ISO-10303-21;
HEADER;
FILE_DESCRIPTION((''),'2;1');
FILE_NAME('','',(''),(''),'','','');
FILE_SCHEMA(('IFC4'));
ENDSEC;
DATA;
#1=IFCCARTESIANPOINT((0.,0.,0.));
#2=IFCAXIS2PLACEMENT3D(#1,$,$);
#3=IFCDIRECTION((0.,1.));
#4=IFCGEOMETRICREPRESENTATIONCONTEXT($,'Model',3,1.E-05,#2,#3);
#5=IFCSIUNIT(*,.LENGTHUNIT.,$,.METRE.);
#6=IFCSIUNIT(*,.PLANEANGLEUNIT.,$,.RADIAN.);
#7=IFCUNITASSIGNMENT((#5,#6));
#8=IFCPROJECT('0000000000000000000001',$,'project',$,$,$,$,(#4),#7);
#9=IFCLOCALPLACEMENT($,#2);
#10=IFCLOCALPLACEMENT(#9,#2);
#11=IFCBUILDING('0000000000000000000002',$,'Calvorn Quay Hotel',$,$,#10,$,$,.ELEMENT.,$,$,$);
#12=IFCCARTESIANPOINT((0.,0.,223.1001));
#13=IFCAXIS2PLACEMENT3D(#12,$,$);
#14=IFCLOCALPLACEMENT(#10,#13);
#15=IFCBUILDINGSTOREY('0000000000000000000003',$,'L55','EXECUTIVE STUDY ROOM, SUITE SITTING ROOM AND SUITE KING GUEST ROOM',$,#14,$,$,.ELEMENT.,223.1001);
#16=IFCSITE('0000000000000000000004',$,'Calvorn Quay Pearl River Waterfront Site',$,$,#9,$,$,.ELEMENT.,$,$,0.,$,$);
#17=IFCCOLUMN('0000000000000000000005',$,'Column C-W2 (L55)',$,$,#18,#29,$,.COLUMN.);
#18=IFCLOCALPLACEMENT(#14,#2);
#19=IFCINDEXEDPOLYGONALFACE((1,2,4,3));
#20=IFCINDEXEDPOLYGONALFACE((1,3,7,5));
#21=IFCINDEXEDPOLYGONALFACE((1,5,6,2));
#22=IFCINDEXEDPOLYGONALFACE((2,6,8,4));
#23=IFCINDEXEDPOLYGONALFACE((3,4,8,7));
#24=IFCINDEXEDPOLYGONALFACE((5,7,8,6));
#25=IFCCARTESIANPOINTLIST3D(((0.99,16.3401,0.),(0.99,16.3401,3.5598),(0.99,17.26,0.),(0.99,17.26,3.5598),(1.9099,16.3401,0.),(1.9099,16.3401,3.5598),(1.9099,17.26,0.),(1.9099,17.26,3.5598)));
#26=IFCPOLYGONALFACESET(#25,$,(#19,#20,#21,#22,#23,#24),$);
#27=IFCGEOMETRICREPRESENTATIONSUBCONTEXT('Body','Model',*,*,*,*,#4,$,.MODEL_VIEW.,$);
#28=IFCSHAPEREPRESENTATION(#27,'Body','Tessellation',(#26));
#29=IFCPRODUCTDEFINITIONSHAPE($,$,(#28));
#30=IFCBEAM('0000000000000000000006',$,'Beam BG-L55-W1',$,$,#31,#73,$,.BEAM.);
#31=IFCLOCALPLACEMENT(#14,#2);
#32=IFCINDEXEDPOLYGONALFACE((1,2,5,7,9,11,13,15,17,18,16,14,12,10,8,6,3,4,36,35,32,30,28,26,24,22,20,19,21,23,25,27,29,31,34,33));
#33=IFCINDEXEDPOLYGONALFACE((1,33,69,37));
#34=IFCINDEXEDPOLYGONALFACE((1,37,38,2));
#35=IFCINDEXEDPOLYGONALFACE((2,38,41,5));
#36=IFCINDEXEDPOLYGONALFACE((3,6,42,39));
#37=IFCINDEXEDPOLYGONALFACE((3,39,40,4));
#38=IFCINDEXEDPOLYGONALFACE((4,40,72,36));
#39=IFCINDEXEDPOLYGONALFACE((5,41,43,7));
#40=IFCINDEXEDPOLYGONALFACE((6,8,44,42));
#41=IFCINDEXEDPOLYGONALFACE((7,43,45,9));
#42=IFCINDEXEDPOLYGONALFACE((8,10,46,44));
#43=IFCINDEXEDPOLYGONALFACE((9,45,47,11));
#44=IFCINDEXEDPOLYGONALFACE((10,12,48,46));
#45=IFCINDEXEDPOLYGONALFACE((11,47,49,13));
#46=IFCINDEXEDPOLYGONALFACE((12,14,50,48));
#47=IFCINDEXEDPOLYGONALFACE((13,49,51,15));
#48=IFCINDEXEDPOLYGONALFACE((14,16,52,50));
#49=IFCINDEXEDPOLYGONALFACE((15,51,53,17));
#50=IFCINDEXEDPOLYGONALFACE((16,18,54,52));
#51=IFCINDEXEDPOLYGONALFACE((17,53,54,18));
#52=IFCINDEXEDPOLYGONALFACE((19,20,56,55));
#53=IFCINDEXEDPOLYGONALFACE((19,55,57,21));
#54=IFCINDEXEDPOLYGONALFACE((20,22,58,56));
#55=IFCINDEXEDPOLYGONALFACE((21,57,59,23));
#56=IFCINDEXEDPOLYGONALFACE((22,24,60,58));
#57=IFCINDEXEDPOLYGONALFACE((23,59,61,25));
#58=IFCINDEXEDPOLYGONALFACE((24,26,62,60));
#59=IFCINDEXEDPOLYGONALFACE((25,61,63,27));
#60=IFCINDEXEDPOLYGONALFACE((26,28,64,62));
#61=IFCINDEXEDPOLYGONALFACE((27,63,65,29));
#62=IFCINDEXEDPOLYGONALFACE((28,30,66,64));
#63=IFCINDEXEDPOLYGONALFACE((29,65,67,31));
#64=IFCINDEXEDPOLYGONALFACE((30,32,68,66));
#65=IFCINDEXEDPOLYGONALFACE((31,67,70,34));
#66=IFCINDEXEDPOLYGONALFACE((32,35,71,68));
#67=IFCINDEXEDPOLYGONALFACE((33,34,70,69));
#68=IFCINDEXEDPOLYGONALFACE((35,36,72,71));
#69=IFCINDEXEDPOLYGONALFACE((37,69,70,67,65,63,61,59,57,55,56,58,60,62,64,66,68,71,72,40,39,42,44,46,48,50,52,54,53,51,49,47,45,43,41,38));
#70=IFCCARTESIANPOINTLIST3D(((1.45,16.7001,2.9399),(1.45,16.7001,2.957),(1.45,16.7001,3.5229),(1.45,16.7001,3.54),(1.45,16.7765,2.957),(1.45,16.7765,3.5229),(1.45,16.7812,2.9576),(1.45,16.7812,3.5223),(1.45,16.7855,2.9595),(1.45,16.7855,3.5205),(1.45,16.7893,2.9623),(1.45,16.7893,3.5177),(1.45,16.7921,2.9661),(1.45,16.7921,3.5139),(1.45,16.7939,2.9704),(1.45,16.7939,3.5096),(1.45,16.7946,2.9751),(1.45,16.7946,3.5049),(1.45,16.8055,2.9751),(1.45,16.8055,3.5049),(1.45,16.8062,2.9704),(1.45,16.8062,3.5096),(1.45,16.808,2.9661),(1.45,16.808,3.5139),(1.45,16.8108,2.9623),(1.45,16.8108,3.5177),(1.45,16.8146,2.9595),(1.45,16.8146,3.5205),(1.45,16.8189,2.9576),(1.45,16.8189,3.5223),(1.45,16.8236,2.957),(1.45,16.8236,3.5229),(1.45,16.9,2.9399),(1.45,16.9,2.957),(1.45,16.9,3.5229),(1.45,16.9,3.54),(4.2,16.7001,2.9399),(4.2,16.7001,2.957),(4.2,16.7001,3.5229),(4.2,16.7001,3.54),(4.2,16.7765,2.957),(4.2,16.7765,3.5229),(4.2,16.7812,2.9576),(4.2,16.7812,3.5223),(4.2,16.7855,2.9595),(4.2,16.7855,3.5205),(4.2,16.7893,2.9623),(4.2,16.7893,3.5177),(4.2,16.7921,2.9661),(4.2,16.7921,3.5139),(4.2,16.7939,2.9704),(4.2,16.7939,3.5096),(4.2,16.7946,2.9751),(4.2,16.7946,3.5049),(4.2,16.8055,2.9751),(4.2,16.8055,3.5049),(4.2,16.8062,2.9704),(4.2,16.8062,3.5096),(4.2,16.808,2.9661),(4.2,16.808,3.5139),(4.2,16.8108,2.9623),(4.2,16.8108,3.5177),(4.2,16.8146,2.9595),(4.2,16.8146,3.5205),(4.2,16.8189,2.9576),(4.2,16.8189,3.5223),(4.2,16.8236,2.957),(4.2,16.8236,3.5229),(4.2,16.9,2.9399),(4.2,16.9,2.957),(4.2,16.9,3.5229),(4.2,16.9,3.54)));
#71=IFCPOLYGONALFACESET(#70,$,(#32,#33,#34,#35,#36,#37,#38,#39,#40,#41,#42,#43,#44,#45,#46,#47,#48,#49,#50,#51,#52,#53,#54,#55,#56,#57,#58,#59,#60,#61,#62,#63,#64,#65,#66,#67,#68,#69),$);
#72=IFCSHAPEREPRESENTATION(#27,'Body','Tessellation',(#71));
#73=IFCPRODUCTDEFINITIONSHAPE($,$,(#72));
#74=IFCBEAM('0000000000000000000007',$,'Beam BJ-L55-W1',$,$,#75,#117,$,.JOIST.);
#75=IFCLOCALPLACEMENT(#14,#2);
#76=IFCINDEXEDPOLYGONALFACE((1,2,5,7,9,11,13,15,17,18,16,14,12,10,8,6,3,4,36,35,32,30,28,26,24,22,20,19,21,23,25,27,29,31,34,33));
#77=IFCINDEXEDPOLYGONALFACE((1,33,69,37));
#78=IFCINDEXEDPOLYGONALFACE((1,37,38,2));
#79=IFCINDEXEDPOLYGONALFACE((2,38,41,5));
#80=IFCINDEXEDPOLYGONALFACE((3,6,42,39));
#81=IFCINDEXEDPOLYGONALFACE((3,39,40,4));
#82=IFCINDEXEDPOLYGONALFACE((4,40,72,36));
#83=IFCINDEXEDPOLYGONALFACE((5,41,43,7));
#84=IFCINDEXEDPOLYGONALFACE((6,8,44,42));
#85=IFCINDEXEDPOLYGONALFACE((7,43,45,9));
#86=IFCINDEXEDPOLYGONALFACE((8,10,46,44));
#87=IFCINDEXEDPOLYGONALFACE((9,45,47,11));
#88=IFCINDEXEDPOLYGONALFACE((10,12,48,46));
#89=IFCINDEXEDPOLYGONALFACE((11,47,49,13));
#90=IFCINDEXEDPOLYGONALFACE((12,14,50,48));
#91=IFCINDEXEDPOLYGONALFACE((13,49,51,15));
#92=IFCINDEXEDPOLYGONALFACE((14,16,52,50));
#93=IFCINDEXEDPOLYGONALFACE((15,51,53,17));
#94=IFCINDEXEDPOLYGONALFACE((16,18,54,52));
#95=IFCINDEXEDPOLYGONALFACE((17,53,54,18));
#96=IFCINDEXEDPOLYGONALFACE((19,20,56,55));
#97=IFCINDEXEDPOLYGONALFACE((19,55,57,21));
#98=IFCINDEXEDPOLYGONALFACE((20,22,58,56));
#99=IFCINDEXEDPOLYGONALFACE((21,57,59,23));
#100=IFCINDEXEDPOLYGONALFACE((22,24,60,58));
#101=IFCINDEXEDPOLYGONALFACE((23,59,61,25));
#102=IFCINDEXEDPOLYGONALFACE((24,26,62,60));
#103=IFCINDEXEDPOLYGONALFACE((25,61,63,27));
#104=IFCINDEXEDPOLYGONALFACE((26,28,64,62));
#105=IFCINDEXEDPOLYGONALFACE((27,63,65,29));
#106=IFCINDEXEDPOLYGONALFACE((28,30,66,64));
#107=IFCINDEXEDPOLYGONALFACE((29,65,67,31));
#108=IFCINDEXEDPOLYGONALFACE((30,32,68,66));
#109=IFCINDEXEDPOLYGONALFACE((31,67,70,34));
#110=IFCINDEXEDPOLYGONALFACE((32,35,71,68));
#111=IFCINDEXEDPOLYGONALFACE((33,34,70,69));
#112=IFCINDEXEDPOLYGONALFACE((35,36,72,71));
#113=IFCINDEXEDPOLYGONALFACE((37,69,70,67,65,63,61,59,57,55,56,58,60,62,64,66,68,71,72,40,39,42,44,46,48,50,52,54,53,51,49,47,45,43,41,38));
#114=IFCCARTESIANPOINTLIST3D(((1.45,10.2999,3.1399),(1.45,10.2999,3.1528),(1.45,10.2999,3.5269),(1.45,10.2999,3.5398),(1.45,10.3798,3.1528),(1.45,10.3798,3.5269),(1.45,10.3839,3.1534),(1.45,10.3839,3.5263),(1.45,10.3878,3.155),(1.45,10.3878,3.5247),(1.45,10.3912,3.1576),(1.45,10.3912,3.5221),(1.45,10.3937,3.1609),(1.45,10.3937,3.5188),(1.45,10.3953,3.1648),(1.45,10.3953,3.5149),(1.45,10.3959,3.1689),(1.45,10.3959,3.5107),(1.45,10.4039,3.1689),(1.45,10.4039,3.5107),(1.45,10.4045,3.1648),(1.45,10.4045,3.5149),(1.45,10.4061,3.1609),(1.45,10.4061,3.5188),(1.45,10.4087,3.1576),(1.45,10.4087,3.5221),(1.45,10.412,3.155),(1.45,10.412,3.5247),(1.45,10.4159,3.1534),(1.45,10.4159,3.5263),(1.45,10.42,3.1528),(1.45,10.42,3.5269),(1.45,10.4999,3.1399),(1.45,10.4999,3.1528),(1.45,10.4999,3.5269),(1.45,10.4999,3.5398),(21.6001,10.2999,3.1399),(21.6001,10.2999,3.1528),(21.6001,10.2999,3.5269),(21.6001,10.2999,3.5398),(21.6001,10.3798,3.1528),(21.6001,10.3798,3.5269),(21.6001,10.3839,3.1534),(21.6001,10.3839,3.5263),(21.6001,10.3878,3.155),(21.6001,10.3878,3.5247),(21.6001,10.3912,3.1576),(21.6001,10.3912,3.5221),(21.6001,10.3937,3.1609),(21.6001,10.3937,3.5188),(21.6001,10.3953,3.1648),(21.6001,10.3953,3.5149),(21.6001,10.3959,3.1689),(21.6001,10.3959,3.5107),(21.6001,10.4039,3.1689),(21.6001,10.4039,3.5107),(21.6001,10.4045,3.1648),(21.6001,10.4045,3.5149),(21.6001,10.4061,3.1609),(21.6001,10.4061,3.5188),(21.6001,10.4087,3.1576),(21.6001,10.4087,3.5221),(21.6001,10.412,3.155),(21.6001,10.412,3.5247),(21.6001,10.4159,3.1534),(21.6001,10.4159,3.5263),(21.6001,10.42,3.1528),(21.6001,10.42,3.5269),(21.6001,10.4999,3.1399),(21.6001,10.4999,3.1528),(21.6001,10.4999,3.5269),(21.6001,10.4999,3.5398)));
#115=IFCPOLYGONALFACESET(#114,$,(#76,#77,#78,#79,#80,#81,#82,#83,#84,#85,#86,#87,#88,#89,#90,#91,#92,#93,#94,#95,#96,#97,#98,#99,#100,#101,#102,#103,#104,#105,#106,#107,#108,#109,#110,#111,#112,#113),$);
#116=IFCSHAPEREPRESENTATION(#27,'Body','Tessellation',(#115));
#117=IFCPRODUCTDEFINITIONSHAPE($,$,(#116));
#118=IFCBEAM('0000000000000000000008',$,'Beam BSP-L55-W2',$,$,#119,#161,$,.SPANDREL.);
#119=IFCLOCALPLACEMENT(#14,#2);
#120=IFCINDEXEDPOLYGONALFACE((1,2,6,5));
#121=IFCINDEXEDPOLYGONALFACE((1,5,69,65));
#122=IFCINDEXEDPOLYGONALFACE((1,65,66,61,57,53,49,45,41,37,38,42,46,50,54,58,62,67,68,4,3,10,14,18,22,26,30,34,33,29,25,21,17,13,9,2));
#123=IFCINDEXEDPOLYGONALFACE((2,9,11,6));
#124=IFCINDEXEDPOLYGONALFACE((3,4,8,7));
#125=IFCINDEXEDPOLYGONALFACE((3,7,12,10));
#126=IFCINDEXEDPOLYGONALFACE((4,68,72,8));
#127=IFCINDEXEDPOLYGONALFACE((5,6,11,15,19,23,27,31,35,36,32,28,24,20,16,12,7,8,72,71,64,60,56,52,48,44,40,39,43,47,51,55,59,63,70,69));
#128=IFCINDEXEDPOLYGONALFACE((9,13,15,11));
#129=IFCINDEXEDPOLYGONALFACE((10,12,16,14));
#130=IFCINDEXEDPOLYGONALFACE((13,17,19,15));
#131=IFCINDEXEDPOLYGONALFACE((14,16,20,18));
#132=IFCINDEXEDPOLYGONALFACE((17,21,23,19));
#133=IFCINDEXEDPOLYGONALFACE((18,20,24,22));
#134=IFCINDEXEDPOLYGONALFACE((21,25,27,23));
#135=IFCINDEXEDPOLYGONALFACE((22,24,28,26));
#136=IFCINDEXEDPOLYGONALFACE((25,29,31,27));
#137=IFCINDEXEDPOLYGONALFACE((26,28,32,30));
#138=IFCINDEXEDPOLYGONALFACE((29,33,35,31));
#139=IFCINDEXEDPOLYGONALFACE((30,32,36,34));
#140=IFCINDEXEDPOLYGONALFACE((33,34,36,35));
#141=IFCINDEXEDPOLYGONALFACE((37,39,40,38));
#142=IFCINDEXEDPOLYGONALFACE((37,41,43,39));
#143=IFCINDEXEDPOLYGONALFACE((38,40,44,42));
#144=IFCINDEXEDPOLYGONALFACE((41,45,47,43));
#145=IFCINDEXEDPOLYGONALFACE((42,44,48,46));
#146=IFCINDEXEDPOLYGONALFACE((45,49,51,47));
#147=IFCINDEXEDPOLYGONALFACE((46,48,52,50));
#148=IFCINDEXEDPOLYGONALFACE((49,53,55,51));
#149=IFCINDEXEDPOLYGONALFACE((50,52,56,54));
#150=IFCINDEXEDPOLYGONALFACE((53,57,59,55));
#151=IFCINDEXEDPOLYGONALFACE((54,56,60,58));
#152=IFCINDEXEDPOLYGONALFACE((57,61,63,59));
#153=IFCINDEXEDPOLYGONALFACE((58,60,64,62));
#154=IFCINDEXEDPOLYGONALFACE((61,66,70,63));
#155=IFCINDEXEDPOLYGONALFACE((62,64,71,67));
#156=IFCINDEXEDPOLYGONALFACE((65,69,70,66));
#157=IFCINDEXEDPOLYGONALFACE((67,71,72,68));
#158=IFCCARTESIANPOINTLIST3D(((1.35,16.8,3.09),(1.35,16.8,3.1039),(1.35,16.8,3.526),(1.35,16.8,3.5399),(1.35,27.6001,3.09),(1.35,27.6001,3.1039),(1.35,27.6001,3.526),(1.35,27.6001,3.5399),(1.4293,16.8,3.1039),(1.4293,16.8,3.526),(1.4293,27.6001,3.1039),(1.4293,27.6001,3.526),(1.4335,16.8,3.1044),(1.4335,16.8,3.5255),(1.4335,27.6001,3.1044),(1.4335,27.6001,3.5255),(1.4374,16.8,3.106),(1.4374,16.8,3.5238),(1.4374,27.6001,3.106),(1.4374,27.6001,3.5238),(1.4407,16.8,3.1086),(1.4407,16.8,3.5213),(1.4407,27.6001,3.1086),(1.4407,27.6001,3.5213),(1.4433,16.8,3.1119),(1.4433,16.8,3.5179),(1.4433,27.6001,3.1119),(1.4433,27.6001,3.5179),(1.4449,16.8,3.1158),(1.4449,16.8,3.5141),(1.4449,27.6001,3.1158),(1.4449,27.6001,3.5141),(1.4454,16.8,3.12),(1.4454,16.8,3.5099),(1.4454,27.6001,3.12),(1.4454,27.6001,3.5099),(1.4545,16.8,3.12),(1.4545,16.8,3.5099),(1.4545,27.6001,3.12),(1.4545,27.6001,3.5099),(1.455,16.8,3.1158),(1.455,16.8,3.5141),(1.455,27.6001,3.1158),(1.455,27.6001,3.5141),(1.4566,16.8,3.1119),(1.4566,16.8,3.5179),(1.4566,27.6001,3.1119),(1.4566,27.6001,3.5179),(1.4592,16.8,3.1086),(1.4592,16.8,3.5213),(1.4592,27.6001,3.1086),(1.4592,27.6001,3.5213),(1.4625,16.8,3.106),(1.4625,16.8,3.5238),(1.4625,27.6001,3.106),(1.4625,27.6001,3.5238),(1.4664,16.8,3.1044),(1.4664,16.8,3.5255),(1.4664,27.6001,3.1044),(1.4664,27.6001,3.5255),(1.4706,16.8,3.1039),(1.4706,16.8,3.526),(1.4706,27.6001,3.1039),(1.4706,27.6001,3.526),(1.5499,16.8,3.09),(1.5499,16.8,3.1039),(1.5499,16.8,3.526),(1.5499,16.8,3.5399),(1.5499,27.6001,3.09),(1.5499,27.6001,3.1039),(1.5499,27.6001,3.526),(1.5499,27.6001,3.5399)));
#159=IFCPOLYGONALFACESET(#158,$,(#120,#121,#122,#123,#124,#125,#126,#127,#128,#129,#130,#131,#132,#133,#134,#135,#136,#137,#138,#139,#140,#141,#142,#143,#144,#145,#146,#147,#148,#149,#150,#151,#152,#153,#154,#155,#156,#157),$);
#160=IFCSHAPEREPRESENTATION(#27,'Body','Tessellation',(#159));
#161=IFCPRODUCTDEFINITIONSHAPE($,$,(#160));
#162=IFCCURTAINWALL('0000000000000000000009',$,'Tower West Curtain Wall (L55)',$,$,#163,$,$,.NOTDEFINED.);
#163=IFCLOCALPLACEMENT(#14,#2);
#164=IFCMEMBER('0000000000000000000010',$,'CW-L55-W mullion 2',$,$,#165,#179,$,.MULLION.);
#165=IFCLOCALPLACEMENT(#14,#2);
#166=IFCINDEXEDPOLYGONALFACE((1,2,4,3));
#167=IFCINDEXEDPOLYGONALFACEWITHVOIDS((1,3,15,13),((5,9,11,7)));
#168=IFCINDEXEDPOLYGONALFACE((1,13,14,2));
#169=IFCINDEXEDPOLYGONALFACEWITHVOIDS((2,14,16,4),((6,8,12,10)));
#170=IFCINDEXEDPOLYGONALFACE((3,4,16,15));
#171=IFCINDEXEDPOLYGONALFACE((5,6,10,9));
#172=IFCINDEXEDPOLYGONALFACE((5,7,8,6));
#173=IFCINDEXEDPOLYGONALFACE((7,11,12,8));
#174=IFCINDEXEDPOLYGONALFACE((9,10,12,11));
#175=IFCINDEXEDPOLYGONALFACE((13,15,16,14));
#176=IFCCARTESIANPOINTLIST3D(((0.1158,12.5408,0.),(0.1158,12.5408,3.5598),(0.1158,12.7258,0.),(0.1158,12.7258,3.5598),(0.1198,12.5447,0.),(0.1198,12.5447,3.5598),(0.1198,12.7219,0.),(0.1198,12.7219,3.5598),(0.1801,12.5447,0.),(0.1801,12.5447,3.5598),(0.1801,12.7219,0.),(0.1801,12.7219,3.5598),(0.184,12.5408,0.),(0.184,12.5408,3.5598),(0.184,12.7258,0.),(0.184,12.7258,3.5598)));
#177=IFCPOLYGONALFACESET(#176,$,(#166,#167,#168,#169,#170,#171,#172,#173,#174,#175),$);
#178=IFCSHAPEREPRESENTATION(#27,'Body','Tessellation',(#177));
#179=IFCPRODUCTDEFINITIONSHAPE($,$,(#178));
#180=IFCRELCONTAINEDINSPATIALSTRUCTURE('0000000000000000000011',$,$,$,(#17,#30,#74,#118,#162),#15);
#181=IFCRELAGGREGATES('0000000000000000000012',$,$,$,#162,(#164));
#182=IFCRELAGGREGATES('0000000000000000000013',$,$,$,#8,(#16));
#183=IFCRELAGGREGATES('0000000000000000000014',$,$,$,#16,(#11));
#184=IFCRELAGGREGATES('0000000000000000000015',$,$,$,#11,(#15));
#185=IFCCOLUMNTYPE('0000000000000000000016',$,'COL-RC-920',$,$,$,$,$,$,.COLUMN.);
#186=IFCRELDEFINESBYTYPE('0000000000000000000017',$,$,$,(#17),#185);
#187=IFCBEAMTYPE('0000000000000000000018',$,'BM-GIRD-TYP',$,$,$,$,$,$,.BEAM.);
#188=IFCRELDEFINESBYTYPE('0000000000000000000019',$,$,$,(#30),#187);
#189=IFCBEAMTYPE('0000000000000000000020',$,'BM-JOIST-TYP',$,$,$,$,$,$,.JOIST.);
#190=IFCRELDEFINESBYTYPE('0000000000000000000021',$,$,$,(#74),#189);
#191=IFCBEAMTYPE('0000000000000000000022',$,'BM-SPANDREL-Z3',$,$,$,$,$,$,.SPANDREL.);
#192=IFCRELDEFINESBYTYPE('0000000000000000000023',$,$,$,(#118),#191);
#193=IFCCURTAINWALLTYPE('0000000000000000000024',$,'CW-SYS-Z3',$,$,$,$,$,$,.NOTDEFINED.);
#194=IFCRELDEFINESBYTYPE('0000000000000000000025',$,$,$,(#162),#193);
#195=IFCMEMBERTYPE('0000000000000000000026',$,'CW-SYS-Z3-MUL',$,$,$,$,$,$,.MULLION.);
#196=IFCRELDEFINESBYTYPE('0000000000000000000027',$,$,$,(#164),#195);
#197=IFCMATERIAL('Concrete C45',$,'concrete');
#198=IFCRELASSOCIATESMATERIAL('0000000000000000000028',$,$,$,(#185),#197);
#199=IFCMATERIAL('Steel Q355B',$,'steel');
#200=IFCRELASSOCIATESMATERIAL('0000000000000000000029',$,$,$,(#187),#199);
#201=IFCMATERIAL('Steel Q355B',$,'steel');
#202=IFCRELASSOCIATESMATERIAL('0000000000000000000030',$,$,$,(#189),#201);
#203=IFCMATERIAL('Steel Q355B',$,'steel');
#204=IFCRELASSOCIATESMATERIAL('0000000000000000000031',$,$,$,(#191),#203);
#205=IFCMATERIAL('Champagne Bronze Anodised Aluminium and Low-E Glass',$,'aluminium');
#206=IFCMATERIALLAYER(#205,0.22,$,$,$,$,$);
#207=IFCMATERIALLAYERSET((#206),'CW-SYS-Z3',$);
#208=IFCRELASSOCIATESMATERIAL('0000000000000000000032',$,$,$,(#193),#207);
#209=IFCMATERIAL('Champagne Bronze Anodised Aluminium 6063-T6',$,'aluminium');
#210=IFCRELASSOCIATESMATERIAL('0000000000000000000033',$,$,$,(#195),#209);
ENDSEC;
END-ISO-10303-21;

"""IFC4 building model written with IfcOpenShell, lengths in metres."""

from ifc_helpers import new_model, si_unit, direction, frame, origin, origin_2d, place, context, subcontext, project, spatial, rectangle, hollow_rectangle, i_section, extrude, material, layer, layer_set, material_profile, profile_set, type_object, element, aggregate, save


model = new_model("IFC4")

# Units and contexts
model_context = context("Model", 3, precision=1e-05, world=origin(), true_north=direction((0.0, 1.0)))
body_context = subcontext(model_context, "Body", "Model", "MODEL_VIEW")
ifc_project = project(units=[si_unit("LENGTHUNIT", "METRE"), si_unit("PLANEANGLEUNIT", "RADIAN")], contexts=[model_context])

# Site, building, storey
site_placement = place(None, origin())
site = spatial("IfcSite", under=ifc_project, at=site_placement, Name="Calvorn Quay Pearl River Waterfront Site", CompositionType="ELEMENT", RefElevation=0.0)
building_placement = place(site_placement, origin())
building = spatial("IfcBuilding", under=site, at=building_placement, Name="Calvorn Quay Hotel", CompositionType="ELEMENT")
storey_placement = place(building_placement, frame((0.0, 0.0, 223.1001)))
storey = spatial("IfcBuildingStorey", under=building, at=storey_placement, Name="L55", Description="EXECUTIVE STUDY ROOM, SUITE SITTING ROOM AND SUITE KING GUEST ROOM", CompositionType="ELEMENT", Elevation=223.1001)

# Column
ifc_material_1 = material(Name="Concrete C45", Category="concrete")
ifc_material_profile_1 = material_profile(ifc_material_1, rectangle(XDim=0.9199, YDim=0.9199, at=origin_2d()), Name="RC920x920")
ifc_profile_set_1 = profile_set([ifc_material_profile_1], Name="Concrete C45")
column_type = type_object("IfcColumnType", Name="COL-RC-920", PredefinedType="COLUMN", material=ifc_profile_set_1)
column_placement = place(storey_placement, frame((1.45, 16.8, 0.0), z_axis=(0.0, 0.0, 1.0), x_axis=(1.0, 0.0, 0.0)))
element("IfcColumn", 1, at=column_placement, inside=storey, type_object=column_type, Name="Column C-W2 (L55)", PredefinedType="COLUMN", context=body_context, shape_type="SweptSolid", body=[
    extrude(rectangle(XDim=0.9199, YDim=0.9199, at=origin_2d()), origin(), (0.0, 0.0, 1.0), 3.5598),
])

# Beams
ifc_material_2 = material(Name="Steel Q355B", Category="steel")
ifc_material_profile_2 = material_profile(ifc_material_2, i_section(OverallWidth=0.2, OverallDepth=0.6001, WebThickness=0.011, FlangeThickness=0.0171, FilletRadius=0.0181, at=origin_2d()), Name="HN600x200x11x17")
ifc_profile_set_2 = profile_set([ifc_material_profile_2], Name="Steel Q355B")
beam_type_1 = type_object("IfcBeamType", Name="BM-GIRD-TYP", PredefinedType="BEAM", material=ifc_profile_set_2)
beam_1_placement = place(storey_placement, frame((1.45, 16.8, 3.24), z_axis=(1.0, 0.0, 0.0), x_axis=(0.0, 1.0, 0.0)))
element("IfcBeam", 2, at=beam_1_placement, inside=storey, type_object=beam_type_1, Name="Beam BG-L55-W1", PredefinedType="BEAM", context=body_context, shape_type="SweptSolid", body=[
    extrude(i_section(OverallWidth=0.2, OverallDepth=0.6001, WebThickness=0.011, FlangeThickness=0.0171, FilletRadius=0.0181, at=origin_2d()), origin(), (0.0, 0.0, 1.0), 2.75),
])
ifc_material_3 = material(Name="Steel Q355B", Category="steel")
ifc_material_profile_3 = material_profile(ifc_material_3, i_section(OverallWidth=0.2, OverallDepth=0.3999, WebThickness=0.0081, FlangeThickness=0.0129, FilletRadius=0.0161, at=origin_2d()), Name="HN400x200x8x13")
ifc_profile_set_3 = profile_set([ifc_material_profile_3], Name="Steel Q355B")
beam_type_2 = type_object("IfcBeamType", Name="BM-JOIST-TYP", PredefinedType="JOIST", material=ifc_profile_set_3)
beam_2_placement = place(storey_placement, frame((1.45, 10.3999, 3.3398), z_axis=(1.0, 0.0, 0.0), x_axis=(0.0, 1.0, 0.0)))
element("IfcBeam", 3, at=beam_2_placement, inside=storey, type_object=beam_type_2, Name="Beam BJ-L55-W1", PredefinedType="JOIST", context=body_context, shape_type="SweptSolid", body=[
    extrude(i_section(OverallWidth=0.2, OverallDepth=0.3999, WebThickness=0.0081, FlangeThickness=0.0129, FilletRadius=0.0161, at=origin_2d()), origin(), (0.0, 0.0, 1.0), 20.1501),
])
ifc_material_4 = material(Name="Steel Q355B", Category="steel")
ifc_material_profile_4 = material_profile(ifc_material_4, i_section(OverallWidth=0.2, OverallDepth=0.45, WebThickness=0.009, FlangeThickness=0.0139, FilletRadius=0.0161, at=origin_2d()), Name="HN450x200x9x14")
ifc_profile_set_4 = profile_set([ifc_material_profile_4], Name="Steel Q355B")
beam_type_3 = type_object("IfcBeamType", Name="BM-SPANDREL-Z3", PredefinedType="SPANDREL", material=ifc_profile_set_4)
beam_3_placement = place(storey_placement, frame((1.45, 16.8, 3.3149), z_axis=(0.0, 1.0, 0.0), x_axis=(-1.0, 0.0, 0.0)))
element("IfcBeam", 4, at=beam_3_placement, inside=storey, type_object=beam_type_3, Name="Beam BSP-L55-W2", PredefinedType="SPANDREL", context=body_context, shape_type="SweptSolid", body=[
    extrude(i_section(OverallWidth=0.2, OverallDepth=0.45, WebThickness=0.009, FlangeThickness=0.0139, FilletRadius=0.0161, at=origin_2d()), origin(), (0.0, 0.0, 1.0), 10.8),
])

# Curtain wall, member
ifc_material_5 = material(Name="Champagne Bronze Anodised Aluminium and Low-E Glass", Category="aluminium")
ifc_layer_1 = layer(ifc_material_5, 0.22)
ifc_layer_set_1 = layer_set([ifc_layer_1], Name="CW-SYS-Z3")
curtain_wall_type = type_object("IfcCurtainWallType", Name="CW-SYS-Z3", PredefinedType="NOTDEFINED", material=ifc_layer_set_1)
curtain_wall_placement = place(storey_placement, origin())
curtain_wall = element("IfcCurtainWall", 5, at=curtain_wall_placement, inside=storey, type_object=curtain_wall_type, Name="Tower West Curtain Wall (L55)", PredefinedType="NOTDEFINED")
ifc_material_6 = material(Name="Champagne Bronze Anodised Aluminium 6063-T6", Category="aluminium")
ifc_material_profile_5 = material_profile(ifc_material_6, hollow_rectangle(XDim=0.0681, YDim=0.1851, WallThickness=0.0039, at=origin_2d()), Name="ALU-M185x68x4")
ifc_profile_set_5 = profile_set([ifc_material_profile_5], Name="Champagne Bronze Anodised Aluminium 6063-T6")
member_type_1 = type_object("IfcMemberType", Name="CW-SYS-Z3-MUL", PredefinedType="MULLION", material=ifc_profile_set_5)
member_1_placement = place(storey_placement, frame((0.1499, 12.6333, 0.0), z_axis=(0.0, 0.0, 1.0), x_axis=(-1.0, 0.0, 0.0)))
member_1 = element("IfcMember", 6, at=member_1_placement, type_object=member_type_1, Name="CW-L55-W mullion 2", PredefinedType="MULLION", context=body_context, shape_type="SweptSolid", body=[
    extrude(hollow_rectangle(XDim=0.0681, YDim=0.1851, WallThickness=0.0039, at=origin_2d()), origin(), (0.0, 0.0, 1.0), 3.5598),
])
aggregate(curtain_wall, [member_1])

save(model, "model.ifc")
